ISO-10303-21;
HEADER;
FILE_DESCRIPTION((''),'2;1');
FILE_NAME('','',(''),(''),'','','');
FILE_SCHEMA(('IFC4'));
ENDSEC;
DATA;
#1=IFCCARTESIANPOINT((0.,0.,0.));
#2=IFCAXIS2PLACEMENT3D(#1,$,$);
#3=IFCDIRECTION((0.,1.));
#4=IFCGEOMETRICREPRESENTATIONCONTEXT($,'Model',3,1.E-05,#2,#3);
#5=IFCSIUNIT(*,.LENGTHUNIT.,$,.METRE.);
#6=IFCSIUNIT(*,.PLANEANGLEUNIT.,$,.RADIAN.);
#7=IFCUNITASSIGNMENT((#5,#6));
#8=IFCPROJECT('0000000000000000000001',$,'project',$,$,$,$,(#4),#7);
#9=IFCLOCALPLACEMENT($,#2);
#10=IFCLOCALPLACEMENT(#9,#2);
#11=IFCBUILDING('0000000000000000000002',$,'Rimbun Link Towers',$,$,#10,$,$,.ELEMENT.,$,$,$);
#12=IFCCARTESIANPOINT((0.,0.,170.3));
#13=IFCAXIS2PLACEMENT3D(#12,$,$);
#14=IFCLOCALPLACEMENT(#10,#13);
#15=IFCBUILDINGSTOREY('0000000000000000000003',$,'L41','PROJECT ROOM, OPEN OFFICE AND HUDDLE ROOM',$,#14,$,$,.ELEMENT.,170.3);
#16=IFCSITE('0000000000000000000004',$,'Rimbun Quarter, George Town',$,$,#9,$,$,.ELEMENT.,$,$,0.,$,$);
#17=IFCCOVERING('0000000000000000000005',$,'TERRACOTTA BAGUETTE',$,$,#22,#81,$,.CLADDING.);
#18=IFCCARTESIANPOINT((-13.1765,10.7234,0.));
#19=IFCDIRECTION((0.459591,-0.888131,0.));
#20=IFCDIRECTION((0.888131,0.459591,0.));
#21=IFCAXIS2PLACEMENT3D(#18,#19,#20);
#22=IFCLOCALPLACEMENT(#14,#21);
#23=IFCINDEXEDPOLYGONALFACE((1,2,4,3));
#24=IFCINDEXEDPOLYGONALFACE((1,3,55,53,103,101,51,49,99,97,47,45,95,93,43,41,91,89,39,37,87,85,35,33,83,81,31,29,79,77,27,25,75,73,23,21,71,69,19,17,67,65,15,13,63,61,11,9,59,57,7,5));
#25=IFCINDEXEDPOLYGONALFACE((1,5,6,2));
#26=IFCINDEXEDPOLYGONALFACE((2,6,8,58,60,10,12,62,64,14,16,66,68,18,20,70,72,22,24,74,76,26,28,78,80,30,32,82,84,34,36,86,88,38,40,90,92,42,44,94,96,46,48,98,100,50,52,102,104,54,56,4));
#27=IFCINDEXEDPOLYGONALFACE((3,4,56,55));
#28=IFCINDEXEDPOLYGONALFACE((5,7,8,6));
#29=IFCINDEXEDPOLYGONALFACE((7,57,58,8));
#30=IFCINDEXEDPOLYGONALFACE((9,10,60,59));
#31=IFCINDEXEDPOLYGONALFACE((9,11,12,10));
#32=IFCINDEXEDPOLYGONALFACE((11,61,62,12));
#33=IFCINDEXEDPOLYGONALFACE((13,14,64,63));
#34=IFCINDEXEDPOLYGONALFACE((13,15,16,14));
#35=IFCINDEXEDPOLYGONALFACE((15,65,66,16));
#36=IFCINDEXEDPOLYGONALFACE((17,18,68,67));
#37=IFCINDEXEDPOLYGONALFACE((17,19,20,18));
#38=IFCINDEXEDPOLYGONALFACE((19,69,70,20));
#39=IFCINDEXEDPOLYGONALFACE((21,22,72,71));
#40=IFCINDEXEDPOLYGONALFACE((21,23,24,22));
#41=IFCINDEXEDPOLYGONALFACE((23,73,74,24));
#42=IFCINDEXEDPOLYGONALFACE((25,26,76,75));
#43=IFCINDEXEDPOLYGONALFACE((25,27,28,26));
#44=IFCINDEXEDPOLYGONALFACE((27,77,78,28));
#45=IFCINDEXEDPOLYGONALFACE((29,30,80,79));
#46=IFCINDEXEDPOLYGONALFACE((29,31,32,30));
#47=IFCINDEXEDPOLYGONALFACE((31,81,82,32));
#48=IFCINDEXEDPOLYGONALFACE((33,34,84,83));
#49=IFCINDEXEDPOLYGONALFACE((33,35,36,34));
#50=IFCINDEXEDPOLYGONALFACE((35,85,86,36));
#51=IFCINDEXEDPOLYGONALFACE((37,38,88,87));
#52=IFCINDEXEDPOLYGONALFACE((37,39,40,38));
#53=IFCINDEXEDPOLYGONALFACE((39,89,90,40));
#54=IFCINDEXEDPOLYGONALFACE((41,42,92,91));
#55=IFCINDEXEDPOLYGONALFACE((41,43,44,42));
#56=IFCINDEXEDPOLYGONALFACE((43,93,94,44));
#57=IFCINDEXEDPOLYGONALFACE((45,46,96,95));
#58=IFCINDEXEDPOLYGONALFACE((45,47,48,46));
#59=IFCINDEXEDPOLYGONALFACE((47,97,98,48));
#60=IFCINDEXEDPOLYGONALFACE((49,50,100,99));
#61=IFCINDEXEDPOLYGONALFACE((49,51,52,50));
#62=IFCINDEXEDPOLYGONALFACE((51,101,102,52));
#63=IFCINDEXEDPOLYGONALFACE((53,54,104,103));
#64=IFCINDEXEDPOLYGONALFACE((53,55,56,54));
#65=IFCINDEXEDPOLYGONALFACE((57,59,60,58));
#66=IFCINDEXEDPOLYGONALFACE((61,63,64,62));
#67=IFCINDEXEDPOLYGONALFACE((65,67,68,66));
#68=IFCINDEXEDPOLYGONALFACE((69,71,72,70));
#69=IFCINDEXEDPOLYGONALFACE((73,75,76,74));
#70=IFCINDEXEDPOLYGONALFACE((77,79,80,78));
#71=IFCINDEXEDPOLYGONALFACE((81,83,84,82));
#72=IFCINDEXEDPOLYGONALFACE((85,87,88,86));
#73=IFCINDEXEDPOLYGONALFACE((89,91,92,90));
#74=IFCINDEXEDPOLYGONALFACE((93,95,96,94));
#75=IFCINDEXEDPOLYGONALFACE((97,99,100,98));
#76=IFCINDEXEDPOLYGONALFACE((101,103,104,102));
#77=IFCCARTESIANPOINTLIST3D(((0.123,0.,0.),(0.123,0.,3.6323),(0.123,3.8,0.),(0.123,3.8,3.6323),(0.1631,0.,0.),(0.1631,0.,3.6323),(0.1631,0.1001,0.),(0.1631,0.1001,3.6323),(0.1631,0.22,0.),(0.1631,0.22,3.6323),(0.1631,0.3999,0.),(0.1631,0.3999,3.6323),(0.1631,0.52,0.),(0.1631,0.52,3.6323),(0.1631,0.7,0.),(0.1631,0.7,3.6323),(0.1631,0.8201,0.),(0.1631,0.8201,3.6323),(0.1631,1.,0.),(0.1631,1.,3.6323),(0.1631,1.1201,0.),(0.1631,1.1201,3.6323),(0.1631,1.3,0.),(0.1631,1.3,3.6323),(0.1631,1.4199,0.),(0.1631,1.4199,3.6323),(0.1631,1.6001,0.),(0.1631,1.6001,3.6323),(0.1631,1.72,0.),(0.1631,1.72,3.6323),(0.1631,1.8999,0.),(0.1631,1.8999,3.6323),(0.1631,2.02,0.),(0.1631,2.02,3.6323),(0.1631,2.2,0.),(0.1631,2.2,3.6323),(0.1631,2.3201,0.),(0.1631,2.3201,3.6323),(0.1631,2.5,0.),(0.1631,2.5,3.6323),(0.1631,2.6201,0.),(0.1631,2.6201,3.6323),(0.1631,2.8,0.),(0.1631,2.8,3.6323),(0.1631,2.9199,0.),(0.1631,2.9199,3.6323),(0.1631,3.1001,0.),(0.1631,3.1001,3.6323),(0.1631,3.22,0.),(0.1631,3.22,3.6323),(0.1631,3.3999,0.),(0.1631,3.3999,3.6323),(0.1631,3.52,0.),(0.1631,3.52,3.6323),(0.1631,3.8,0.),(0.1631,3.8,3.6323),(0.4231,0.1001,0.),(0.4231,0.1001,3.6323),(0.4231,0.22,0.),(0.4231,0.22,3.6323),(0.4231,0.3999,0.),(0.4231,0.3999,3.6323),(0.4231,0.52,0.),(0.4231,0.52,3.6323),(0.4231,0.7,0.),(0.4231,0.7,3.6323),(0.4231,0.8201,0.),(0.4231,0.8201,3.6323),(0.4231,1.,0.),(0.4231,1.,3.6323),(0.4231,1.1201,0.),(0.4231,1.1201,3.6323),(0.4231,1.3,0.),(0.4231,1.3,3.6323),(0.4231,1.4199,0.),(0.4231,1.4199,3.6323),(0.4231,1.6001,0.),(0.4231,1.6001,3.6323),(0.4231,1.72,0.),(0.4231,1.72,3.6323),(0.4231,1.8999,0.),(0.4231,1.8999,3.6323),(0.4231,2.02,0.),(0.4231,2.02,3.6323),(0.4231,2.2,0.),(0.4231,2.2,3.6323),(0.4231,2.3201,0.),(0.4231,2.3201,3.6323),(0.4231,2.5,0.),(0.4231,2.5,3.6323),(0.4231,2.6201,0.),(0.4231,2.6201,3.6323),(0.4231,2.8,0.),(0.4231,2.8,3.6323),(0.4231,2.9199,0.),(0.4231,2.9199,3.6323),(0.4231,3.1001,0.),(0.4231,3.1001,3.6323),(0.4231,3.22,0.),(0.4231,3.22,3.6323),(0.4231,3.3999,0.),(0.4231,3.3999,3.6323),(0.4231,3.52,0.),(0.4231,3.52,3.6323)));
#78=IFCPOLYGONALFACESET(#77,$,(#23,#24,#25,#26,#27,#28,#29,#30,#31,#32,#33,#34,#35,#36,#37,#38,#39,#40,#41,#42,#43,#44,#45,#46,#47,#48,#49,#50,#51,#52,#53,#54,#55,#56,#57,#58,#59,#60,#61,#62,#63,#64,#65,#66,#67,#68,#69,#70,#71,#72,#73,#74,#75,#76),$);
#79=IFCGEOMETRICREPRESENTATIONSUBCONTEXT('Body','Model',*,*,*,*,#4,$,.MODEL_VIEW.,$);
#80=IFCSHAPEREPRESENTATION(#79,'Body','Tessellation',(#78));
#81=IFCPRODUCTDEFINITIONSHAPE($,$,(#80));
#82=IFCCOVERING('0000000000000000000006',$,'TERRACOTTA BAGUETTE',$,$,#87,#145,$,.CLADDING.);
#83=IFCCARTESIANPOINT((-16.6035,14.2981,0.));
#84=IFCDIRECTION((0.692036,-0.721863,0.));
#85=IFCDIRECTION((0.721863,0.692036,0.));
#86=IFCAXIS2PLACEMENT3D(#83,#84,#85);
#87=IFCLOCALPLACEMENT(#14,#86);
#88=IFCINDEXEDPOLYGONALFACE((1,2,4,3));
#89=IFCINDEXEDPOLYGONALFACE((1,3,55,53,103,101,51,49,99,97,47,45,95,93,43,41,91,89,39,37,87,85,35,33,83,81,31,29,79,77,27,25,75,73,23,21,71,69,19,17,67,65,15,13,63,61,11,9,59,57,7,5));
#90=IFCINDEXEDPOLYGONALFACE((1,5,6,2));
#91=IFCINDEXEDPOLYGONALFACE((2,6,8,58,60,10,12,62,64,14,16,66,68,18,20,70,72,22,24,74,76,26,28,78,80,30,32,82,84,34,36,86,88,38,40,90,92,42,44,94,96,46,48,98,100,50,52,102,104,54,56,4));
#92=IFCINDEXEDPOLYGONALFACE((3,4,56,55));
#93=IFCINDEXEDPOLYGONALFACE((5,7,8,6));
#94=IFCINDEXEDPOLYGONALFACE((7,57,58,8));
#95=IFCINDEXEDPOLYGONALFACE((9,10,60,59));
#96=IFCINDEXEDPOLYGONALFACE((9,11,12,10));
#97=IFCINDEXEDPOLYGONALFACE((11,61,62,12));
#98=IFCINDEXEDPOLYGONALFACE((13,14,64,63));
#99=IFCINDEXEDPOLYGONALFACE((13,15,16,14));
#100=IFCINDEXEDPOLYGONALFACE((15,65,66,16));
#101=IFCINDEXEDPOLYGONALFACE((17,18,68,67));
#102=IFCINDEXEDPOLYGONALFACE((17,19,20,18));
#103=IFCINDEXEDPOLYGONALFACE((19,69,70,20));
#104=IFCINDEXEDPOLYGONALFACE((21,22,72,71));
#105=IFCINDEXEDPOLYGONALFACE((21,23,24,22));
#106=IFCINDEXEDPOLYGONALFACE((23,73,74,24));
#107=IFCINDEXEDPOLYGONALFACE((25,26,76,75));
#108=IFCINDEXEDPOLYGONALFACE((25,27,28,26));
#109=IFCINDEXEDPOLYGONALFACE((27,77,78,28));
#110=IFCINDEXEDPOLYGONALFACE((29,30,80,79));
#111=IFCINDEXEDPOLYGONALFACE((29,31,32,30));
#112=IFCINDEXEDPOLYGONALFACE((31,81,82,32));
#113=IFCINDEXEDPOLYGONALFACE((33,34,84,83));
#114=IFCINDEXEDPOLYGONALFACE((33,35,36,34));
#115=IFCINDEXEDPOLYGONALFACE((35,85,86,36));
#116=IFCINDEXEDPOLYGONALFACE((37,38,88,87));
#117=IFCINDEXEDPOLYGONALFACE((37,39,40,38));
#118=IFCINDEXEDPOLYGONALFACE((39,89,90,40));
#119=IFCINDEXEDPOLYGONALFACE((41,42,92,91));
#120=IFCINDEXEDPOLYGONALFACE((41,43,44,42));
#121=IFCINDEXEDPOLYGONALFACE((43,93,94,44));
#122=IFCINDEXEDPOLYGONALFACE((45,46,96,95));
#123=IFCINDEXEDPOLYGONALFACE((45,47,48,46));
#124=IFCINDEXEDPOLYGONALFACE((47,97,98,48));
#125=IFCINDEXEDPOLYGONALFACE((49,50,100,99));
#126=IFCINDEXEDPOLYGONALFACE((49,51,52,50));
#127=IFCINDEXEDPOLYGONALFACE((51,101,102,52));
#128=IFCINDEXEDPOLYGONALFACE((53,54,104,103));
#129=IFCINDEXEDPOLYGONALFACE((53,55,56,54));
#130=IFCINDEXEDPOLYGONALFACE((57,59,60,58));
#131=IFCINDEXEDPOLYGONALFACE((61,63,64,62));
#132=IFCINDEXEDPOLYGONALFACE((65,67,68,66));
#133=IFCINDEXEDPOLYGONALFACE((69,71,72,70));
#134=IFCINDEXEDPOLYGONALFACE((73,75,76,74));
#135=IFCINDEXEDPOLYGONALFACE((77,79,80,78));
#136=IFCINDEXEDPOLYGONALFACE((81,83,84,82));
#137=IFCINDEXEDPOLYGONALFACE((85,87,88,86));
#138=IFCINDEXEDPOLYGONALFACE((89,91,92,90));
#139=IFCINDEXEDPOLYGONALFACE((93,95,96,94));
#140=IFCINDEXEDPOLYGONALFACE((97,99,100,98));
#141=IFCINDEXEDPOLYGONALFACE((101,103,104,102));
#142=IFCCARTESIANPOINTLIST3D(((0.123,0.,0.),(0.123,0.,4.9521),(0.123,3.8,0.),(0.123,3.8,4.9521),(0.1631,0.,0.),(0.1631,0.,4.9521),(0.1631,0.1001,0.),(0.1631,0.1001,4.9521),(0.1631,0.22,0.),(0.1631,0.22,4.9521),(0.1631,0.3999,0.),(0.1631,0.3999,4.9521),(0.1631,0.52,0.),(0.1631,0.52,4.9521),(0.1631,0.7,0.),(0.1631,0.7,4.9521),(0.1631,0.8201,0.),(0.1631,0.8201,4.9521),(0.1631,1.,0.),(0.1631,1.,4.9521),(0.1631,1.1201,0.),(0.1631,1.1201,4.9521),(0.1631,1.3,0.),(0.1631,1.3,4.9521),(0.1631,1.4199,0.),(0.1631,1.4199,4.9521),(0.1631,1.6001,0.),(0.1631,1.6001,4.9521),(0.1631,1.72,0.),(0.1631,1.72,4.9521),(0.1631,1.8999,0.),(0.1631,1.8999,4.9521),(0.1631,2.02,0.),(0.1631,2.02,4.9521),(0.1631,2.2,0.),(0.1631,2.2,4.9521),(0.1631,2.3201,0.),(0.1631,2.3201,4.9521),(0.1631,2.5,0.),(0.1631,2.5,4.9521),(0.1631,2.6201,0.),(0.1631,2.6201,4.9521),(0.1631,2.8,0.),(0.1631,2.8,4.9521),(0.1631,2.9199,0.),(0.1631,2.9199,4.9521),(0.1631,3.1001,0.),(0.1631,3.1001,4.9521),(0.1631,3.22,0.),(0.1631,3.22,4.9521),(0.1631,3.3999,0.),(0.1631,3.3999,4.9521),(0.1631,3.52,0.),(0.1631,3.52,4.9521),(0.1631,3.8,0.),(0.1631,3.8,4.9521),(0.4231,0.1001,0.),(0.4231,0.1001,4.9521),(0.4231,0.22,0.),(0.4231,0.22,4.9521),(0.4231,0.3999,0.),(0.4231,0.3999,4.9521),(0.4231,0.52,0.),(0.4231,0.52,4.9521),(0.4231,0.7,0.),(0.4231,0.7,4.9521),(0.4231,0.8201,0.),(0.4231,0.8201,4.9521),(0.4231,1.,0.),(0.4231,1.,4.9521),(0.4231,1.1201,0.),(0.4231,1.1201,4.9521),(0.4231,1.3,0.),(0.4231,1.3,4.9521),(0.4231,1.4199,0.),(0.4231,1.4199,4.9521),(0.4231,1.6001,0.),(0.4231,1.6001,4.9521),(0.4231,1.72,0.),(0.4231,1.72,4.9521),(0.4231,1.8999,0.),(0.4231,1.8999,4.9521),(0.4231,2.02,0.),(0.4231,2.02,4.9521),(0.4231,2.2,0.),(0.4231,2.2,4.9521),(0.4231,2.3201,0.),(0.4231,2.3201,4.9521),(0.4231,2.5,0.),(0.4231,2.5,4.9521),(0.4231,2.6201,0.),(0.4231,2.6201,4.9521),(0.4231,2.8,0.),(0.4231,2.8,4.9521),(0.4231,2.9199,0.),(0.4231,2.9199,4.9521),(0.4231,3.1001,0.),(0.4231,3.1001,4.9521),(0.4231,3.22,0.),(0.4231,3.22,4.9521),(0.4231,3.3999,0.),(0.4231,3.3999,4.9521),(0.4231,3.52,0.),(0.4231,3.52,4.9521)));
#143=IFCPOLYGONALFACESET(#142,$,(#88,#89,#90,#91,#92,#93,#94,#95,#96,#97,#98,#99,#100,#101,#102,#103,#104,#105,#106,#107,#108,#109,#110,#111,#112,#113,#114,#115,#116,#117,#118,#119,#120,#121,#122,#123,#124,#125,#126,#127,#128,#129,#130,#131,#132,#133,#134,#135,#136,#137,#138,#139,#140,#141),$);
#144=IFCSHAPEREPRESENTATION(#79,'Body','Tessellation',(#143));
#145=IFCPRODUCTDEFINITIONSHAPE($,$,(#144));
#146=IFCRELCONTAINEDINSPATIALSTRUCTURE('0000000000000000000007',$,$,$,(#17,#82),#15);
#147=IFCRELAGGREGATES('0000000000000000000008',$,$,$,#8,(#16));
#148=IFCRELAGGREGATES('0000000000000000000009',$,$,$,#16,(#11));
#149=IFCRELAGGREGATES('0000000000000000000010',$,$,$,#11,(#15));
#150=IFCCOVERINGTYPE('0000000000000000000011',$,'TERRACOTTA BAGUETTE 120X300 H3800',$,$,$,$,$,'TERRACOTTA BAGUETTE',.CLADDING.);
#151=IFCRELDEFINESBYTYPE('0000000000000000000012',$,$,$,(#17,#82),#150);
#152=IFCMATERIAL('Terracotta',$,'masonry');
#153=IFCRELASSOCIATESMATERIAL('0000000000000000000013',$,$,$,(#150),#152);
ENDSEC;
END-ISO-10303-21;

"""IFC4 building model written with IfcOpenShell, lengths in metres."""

from ifc_helpers import new_model, si_unit, direction, frame, origin, place, context, subcontext, project, spatial, polyline, outline, extrude, material, material_profile, profile_set, type_object, element, save


model = new_model("IFC4")

# Units and contexts
model_context = context("Model", 3, precision=1e-05, world=origin(), true_north=direction((0.0, 1.0)))
body_context = subcontext(model_context, "Body", "Model", "MODEL_VIEW")
ifc_project = project(units=[si_unit("LENGTHUNIT", "METRE"), si_unit("PLANEANGLEUNIT", "RADIAN")], contexts=[model_context])

# Site, building, storey
site_placement = place(None, origin())
site = spatial("IfcSite", under=ifc_project, at=site_placement, Name="Rimbun Quarter, George Town", CompositionType="ELEMENT", RefElevation=0.0)
building_placement = place(site_placement, origin())
building = spatial("IfcBuilding", under=site, at=building_placement, Name="Rimbun Link Towers", CompositionType="ELEMENT")
storey_placement = place(building_placement, frame((0.0, 0.0, 170.3)))
storey = spatial("IfcBuildingStorey", under=building, at=storey_placement, Name="L41", Description="PROJECT ROOM, OPEN OFFICE AND HUDDLE ROOM", CompositionType="ELEMENT", Elevation=170.3)

# Coverings
ifc_material_1 = material(Name="Terracotta", Category="masonry")
ifc_material_profile_1 = material_profile(ifc_material_1, outline(polyline([(0.123, 0.0), (0.1631, 0.0), (0.1631, 0.1001), (0.4231, 0.1001), (0.4231, 0.22), (0.1631, 0.22), (0.1631, 0.3999), (0.4231, 0.3999), (0.4231, 0.52), (0.1631, 0.52), (0.1631, 0.7), (0.4231, 0.7), (0.4231, 0.8201), (0.1631, 0.8201), (0.1631, 1.0), (0.4231, 1.0), (0.4231, 1.1201), (0.1631, 1.1201), (0.1631, 1.3), (0.4231, 1.3), (0.4231, 1.4199), (0.1631, 1.4199), (0.1631, 1.6001), (0.4231, 1.6001), (0.4231, 1.72), (0.1631, 1.72), (0.1631, 1.8999), (0.4231, 1.8999), (0.4231, 2.02), (0.1631, 2.02), (0.1631, 2.2), (0.4231, 2.2), (0.4231, 2.3201), (0.1631, 2.3201), (0.1631, 2.5), (0.4231, 2.5), (0.4231, 2.6201), (0.1631, 2.6201), (0.1631, 2.8), (0.4231, 2.8), (0.4231, 2.9199), (0.1631, 2.9199), (0.1631, 3.1001), (0.4231, 3.1001), (0.4231, 3.22), (0.1631, 3.22), (0.1631, 3.3999), (0.4231, 3.3999), (0.4231, 3.52), (0.1631, 3.52), (0.1631, 3.8), (0.123, 3.8), (0.123, 0.0)])), Name="BAGUETTE 120X300")
ifc_profile_set_1 = profile_set([ifc_material_profile_1], Name="Terracotta")
covering_type = type_object("IfcCoveringType", Name="TERRACOTTA BAGUETTE 120X300 H3800", ElementType="TERRACOTTA BAGUETTE", PredefinedType="CLADDING", material=ifc_profile_set_1)
covering_1_placement = place(storey_placement, frame((-13.1765, 10.7234, 0.0), z_axis=(0.459591, -0.888131, 0.0), x_axis=(0.888131, 0.459591, 0.0)))
element("IfcCovering", 1, at=covering_1_placement, inside=storey, type_object=covering_type, Name="TERRACOTTA BAGUETTE", PredefinedType="CLADDING", context=body_context, shape_type="SweptSolid", body=[
    extrude(outline(polyline([(0.123, 0.0), (0.1631, 0.0), (0.1631, 0.1001), (0.4231, 0.1001), (0.4231, 0.22), (0.1631, 0.22), (0.1631, 0.3999), (0.4231, 0.3999), (0.4231, 0.52), (0.1631, 0.52), (0.1631, 0.7), (0.4231, 0.7), (0.4231, 0.8201), (0.1631, 0.8201), (0.1631, 1.0), (0.4231, 1.0), (0.4231, 1.1201), (0.1631, 1.1201), (0.1631, 1.3), (0.4231, 1.3), (0.4231, 1.4199), (0.1631, 1.4199), (0.1631, 1.6001), (0.4231, 1.6001), (0.4231, 1.72), (0.1631, 1.72), (0.1631, 1.8999), (0.4231, 1.8999), (0.4231, 2.02), (0.1631, 2.02), (0.1631, 2.2), (0.4231, 2.2), (0.4231, 2.3201), (0.1631, 2.3201), (0.1631, 2.5), (0.4231, 2.5), (0.4231, 2.6201), (0.1631, 2.6201), (0.1631, 2.8), (0.4231, 2.8), (0.4231, 2.9199), (0.1631, 2.9199), (0.1631, 3.1001), (0.4231, 3.1001), (0.4231, 3.22), (0.1631, 3.22), (0.1631, 3.3999), (0.4231, 3.3999), (0.4231, 3.52), (0.1631, 3.52), (0.1631, 3.8), (0.123, 3.8), (0.123, 0.0)])), origin(), (0.0, 0.0, 1.0), 3.6323),
])
covering_2_placement = place(storey_placement, frame((-16.6035, 14.2981, 0.0), z_axis=(0.692036, -0.721863, 0.0), x_axis=(0.721863, 0.692036, 0.0)))
element("IfcCovering", 2, at=covering_2_placement, inside=storey, type_object=covering_type, Name="TERRACOTTA BAGUETTE", PredefinedType="CLADDING", context=body_context, shape_type="SweptSolid", body=[
    extrude(outline(polyline([(0.123, 0.0), (0.1631, 0.0), (0.1631, 0.1001), (0.4231, 0.1001), (0.4231, 0.22), (0.1631, 0.22), (0.1631, 0.3999), (0.4231, 0.3999), (0.4231, 0.52), (0.1631, 0.52), (0.1631, 0.7), (0.4231, 0.7), (0.4231, 0.8201), (0.1631, 0.8201), (0.1631, 1.0), (0.4231, 1.0), (0.4231, 1.1201), (0.1631, 1.1201), (0.1631, 1.3), (0.4231, 1.3), (0.4231, 1.4199), (0.1631, 1.4199), (0.1631, 1.6001), (0.4231, 1.6001), (0.4231, 1.72), (0.1631, 1.72), (0.1631, 1.8999), (0.4231, 1.8999), (0.4231, 2.02), (0.1631, 2.02), (0.1631, 2.2), (0.4231, 2.2), (0.4231, 2.3201), (0.1631, 2.3201), (0.1631, 2.5), (0.4231, 2.5), (0.4231, 2.6201), (0.1631, 2.6201), (0.1631, 2.8), (0.4231, 2.8), (0.4231, 2.9199), (0.1631, 2.9199), (0.1631, 3.1001), (0.4231, 3.1001), (0.4231, 3.22), (0.1631, 3.22), (0.1631, 3.3999), (0.4231, 3.3999), (0.4231, 3.52), (0.1631, 3.52), (0.1631, 3.8), (0.123, 3.8), (0.123, 0.0)])), origin(), (0.0, 0.0, 1.0), 4.9521),
])

save(model, "model.ifc")
